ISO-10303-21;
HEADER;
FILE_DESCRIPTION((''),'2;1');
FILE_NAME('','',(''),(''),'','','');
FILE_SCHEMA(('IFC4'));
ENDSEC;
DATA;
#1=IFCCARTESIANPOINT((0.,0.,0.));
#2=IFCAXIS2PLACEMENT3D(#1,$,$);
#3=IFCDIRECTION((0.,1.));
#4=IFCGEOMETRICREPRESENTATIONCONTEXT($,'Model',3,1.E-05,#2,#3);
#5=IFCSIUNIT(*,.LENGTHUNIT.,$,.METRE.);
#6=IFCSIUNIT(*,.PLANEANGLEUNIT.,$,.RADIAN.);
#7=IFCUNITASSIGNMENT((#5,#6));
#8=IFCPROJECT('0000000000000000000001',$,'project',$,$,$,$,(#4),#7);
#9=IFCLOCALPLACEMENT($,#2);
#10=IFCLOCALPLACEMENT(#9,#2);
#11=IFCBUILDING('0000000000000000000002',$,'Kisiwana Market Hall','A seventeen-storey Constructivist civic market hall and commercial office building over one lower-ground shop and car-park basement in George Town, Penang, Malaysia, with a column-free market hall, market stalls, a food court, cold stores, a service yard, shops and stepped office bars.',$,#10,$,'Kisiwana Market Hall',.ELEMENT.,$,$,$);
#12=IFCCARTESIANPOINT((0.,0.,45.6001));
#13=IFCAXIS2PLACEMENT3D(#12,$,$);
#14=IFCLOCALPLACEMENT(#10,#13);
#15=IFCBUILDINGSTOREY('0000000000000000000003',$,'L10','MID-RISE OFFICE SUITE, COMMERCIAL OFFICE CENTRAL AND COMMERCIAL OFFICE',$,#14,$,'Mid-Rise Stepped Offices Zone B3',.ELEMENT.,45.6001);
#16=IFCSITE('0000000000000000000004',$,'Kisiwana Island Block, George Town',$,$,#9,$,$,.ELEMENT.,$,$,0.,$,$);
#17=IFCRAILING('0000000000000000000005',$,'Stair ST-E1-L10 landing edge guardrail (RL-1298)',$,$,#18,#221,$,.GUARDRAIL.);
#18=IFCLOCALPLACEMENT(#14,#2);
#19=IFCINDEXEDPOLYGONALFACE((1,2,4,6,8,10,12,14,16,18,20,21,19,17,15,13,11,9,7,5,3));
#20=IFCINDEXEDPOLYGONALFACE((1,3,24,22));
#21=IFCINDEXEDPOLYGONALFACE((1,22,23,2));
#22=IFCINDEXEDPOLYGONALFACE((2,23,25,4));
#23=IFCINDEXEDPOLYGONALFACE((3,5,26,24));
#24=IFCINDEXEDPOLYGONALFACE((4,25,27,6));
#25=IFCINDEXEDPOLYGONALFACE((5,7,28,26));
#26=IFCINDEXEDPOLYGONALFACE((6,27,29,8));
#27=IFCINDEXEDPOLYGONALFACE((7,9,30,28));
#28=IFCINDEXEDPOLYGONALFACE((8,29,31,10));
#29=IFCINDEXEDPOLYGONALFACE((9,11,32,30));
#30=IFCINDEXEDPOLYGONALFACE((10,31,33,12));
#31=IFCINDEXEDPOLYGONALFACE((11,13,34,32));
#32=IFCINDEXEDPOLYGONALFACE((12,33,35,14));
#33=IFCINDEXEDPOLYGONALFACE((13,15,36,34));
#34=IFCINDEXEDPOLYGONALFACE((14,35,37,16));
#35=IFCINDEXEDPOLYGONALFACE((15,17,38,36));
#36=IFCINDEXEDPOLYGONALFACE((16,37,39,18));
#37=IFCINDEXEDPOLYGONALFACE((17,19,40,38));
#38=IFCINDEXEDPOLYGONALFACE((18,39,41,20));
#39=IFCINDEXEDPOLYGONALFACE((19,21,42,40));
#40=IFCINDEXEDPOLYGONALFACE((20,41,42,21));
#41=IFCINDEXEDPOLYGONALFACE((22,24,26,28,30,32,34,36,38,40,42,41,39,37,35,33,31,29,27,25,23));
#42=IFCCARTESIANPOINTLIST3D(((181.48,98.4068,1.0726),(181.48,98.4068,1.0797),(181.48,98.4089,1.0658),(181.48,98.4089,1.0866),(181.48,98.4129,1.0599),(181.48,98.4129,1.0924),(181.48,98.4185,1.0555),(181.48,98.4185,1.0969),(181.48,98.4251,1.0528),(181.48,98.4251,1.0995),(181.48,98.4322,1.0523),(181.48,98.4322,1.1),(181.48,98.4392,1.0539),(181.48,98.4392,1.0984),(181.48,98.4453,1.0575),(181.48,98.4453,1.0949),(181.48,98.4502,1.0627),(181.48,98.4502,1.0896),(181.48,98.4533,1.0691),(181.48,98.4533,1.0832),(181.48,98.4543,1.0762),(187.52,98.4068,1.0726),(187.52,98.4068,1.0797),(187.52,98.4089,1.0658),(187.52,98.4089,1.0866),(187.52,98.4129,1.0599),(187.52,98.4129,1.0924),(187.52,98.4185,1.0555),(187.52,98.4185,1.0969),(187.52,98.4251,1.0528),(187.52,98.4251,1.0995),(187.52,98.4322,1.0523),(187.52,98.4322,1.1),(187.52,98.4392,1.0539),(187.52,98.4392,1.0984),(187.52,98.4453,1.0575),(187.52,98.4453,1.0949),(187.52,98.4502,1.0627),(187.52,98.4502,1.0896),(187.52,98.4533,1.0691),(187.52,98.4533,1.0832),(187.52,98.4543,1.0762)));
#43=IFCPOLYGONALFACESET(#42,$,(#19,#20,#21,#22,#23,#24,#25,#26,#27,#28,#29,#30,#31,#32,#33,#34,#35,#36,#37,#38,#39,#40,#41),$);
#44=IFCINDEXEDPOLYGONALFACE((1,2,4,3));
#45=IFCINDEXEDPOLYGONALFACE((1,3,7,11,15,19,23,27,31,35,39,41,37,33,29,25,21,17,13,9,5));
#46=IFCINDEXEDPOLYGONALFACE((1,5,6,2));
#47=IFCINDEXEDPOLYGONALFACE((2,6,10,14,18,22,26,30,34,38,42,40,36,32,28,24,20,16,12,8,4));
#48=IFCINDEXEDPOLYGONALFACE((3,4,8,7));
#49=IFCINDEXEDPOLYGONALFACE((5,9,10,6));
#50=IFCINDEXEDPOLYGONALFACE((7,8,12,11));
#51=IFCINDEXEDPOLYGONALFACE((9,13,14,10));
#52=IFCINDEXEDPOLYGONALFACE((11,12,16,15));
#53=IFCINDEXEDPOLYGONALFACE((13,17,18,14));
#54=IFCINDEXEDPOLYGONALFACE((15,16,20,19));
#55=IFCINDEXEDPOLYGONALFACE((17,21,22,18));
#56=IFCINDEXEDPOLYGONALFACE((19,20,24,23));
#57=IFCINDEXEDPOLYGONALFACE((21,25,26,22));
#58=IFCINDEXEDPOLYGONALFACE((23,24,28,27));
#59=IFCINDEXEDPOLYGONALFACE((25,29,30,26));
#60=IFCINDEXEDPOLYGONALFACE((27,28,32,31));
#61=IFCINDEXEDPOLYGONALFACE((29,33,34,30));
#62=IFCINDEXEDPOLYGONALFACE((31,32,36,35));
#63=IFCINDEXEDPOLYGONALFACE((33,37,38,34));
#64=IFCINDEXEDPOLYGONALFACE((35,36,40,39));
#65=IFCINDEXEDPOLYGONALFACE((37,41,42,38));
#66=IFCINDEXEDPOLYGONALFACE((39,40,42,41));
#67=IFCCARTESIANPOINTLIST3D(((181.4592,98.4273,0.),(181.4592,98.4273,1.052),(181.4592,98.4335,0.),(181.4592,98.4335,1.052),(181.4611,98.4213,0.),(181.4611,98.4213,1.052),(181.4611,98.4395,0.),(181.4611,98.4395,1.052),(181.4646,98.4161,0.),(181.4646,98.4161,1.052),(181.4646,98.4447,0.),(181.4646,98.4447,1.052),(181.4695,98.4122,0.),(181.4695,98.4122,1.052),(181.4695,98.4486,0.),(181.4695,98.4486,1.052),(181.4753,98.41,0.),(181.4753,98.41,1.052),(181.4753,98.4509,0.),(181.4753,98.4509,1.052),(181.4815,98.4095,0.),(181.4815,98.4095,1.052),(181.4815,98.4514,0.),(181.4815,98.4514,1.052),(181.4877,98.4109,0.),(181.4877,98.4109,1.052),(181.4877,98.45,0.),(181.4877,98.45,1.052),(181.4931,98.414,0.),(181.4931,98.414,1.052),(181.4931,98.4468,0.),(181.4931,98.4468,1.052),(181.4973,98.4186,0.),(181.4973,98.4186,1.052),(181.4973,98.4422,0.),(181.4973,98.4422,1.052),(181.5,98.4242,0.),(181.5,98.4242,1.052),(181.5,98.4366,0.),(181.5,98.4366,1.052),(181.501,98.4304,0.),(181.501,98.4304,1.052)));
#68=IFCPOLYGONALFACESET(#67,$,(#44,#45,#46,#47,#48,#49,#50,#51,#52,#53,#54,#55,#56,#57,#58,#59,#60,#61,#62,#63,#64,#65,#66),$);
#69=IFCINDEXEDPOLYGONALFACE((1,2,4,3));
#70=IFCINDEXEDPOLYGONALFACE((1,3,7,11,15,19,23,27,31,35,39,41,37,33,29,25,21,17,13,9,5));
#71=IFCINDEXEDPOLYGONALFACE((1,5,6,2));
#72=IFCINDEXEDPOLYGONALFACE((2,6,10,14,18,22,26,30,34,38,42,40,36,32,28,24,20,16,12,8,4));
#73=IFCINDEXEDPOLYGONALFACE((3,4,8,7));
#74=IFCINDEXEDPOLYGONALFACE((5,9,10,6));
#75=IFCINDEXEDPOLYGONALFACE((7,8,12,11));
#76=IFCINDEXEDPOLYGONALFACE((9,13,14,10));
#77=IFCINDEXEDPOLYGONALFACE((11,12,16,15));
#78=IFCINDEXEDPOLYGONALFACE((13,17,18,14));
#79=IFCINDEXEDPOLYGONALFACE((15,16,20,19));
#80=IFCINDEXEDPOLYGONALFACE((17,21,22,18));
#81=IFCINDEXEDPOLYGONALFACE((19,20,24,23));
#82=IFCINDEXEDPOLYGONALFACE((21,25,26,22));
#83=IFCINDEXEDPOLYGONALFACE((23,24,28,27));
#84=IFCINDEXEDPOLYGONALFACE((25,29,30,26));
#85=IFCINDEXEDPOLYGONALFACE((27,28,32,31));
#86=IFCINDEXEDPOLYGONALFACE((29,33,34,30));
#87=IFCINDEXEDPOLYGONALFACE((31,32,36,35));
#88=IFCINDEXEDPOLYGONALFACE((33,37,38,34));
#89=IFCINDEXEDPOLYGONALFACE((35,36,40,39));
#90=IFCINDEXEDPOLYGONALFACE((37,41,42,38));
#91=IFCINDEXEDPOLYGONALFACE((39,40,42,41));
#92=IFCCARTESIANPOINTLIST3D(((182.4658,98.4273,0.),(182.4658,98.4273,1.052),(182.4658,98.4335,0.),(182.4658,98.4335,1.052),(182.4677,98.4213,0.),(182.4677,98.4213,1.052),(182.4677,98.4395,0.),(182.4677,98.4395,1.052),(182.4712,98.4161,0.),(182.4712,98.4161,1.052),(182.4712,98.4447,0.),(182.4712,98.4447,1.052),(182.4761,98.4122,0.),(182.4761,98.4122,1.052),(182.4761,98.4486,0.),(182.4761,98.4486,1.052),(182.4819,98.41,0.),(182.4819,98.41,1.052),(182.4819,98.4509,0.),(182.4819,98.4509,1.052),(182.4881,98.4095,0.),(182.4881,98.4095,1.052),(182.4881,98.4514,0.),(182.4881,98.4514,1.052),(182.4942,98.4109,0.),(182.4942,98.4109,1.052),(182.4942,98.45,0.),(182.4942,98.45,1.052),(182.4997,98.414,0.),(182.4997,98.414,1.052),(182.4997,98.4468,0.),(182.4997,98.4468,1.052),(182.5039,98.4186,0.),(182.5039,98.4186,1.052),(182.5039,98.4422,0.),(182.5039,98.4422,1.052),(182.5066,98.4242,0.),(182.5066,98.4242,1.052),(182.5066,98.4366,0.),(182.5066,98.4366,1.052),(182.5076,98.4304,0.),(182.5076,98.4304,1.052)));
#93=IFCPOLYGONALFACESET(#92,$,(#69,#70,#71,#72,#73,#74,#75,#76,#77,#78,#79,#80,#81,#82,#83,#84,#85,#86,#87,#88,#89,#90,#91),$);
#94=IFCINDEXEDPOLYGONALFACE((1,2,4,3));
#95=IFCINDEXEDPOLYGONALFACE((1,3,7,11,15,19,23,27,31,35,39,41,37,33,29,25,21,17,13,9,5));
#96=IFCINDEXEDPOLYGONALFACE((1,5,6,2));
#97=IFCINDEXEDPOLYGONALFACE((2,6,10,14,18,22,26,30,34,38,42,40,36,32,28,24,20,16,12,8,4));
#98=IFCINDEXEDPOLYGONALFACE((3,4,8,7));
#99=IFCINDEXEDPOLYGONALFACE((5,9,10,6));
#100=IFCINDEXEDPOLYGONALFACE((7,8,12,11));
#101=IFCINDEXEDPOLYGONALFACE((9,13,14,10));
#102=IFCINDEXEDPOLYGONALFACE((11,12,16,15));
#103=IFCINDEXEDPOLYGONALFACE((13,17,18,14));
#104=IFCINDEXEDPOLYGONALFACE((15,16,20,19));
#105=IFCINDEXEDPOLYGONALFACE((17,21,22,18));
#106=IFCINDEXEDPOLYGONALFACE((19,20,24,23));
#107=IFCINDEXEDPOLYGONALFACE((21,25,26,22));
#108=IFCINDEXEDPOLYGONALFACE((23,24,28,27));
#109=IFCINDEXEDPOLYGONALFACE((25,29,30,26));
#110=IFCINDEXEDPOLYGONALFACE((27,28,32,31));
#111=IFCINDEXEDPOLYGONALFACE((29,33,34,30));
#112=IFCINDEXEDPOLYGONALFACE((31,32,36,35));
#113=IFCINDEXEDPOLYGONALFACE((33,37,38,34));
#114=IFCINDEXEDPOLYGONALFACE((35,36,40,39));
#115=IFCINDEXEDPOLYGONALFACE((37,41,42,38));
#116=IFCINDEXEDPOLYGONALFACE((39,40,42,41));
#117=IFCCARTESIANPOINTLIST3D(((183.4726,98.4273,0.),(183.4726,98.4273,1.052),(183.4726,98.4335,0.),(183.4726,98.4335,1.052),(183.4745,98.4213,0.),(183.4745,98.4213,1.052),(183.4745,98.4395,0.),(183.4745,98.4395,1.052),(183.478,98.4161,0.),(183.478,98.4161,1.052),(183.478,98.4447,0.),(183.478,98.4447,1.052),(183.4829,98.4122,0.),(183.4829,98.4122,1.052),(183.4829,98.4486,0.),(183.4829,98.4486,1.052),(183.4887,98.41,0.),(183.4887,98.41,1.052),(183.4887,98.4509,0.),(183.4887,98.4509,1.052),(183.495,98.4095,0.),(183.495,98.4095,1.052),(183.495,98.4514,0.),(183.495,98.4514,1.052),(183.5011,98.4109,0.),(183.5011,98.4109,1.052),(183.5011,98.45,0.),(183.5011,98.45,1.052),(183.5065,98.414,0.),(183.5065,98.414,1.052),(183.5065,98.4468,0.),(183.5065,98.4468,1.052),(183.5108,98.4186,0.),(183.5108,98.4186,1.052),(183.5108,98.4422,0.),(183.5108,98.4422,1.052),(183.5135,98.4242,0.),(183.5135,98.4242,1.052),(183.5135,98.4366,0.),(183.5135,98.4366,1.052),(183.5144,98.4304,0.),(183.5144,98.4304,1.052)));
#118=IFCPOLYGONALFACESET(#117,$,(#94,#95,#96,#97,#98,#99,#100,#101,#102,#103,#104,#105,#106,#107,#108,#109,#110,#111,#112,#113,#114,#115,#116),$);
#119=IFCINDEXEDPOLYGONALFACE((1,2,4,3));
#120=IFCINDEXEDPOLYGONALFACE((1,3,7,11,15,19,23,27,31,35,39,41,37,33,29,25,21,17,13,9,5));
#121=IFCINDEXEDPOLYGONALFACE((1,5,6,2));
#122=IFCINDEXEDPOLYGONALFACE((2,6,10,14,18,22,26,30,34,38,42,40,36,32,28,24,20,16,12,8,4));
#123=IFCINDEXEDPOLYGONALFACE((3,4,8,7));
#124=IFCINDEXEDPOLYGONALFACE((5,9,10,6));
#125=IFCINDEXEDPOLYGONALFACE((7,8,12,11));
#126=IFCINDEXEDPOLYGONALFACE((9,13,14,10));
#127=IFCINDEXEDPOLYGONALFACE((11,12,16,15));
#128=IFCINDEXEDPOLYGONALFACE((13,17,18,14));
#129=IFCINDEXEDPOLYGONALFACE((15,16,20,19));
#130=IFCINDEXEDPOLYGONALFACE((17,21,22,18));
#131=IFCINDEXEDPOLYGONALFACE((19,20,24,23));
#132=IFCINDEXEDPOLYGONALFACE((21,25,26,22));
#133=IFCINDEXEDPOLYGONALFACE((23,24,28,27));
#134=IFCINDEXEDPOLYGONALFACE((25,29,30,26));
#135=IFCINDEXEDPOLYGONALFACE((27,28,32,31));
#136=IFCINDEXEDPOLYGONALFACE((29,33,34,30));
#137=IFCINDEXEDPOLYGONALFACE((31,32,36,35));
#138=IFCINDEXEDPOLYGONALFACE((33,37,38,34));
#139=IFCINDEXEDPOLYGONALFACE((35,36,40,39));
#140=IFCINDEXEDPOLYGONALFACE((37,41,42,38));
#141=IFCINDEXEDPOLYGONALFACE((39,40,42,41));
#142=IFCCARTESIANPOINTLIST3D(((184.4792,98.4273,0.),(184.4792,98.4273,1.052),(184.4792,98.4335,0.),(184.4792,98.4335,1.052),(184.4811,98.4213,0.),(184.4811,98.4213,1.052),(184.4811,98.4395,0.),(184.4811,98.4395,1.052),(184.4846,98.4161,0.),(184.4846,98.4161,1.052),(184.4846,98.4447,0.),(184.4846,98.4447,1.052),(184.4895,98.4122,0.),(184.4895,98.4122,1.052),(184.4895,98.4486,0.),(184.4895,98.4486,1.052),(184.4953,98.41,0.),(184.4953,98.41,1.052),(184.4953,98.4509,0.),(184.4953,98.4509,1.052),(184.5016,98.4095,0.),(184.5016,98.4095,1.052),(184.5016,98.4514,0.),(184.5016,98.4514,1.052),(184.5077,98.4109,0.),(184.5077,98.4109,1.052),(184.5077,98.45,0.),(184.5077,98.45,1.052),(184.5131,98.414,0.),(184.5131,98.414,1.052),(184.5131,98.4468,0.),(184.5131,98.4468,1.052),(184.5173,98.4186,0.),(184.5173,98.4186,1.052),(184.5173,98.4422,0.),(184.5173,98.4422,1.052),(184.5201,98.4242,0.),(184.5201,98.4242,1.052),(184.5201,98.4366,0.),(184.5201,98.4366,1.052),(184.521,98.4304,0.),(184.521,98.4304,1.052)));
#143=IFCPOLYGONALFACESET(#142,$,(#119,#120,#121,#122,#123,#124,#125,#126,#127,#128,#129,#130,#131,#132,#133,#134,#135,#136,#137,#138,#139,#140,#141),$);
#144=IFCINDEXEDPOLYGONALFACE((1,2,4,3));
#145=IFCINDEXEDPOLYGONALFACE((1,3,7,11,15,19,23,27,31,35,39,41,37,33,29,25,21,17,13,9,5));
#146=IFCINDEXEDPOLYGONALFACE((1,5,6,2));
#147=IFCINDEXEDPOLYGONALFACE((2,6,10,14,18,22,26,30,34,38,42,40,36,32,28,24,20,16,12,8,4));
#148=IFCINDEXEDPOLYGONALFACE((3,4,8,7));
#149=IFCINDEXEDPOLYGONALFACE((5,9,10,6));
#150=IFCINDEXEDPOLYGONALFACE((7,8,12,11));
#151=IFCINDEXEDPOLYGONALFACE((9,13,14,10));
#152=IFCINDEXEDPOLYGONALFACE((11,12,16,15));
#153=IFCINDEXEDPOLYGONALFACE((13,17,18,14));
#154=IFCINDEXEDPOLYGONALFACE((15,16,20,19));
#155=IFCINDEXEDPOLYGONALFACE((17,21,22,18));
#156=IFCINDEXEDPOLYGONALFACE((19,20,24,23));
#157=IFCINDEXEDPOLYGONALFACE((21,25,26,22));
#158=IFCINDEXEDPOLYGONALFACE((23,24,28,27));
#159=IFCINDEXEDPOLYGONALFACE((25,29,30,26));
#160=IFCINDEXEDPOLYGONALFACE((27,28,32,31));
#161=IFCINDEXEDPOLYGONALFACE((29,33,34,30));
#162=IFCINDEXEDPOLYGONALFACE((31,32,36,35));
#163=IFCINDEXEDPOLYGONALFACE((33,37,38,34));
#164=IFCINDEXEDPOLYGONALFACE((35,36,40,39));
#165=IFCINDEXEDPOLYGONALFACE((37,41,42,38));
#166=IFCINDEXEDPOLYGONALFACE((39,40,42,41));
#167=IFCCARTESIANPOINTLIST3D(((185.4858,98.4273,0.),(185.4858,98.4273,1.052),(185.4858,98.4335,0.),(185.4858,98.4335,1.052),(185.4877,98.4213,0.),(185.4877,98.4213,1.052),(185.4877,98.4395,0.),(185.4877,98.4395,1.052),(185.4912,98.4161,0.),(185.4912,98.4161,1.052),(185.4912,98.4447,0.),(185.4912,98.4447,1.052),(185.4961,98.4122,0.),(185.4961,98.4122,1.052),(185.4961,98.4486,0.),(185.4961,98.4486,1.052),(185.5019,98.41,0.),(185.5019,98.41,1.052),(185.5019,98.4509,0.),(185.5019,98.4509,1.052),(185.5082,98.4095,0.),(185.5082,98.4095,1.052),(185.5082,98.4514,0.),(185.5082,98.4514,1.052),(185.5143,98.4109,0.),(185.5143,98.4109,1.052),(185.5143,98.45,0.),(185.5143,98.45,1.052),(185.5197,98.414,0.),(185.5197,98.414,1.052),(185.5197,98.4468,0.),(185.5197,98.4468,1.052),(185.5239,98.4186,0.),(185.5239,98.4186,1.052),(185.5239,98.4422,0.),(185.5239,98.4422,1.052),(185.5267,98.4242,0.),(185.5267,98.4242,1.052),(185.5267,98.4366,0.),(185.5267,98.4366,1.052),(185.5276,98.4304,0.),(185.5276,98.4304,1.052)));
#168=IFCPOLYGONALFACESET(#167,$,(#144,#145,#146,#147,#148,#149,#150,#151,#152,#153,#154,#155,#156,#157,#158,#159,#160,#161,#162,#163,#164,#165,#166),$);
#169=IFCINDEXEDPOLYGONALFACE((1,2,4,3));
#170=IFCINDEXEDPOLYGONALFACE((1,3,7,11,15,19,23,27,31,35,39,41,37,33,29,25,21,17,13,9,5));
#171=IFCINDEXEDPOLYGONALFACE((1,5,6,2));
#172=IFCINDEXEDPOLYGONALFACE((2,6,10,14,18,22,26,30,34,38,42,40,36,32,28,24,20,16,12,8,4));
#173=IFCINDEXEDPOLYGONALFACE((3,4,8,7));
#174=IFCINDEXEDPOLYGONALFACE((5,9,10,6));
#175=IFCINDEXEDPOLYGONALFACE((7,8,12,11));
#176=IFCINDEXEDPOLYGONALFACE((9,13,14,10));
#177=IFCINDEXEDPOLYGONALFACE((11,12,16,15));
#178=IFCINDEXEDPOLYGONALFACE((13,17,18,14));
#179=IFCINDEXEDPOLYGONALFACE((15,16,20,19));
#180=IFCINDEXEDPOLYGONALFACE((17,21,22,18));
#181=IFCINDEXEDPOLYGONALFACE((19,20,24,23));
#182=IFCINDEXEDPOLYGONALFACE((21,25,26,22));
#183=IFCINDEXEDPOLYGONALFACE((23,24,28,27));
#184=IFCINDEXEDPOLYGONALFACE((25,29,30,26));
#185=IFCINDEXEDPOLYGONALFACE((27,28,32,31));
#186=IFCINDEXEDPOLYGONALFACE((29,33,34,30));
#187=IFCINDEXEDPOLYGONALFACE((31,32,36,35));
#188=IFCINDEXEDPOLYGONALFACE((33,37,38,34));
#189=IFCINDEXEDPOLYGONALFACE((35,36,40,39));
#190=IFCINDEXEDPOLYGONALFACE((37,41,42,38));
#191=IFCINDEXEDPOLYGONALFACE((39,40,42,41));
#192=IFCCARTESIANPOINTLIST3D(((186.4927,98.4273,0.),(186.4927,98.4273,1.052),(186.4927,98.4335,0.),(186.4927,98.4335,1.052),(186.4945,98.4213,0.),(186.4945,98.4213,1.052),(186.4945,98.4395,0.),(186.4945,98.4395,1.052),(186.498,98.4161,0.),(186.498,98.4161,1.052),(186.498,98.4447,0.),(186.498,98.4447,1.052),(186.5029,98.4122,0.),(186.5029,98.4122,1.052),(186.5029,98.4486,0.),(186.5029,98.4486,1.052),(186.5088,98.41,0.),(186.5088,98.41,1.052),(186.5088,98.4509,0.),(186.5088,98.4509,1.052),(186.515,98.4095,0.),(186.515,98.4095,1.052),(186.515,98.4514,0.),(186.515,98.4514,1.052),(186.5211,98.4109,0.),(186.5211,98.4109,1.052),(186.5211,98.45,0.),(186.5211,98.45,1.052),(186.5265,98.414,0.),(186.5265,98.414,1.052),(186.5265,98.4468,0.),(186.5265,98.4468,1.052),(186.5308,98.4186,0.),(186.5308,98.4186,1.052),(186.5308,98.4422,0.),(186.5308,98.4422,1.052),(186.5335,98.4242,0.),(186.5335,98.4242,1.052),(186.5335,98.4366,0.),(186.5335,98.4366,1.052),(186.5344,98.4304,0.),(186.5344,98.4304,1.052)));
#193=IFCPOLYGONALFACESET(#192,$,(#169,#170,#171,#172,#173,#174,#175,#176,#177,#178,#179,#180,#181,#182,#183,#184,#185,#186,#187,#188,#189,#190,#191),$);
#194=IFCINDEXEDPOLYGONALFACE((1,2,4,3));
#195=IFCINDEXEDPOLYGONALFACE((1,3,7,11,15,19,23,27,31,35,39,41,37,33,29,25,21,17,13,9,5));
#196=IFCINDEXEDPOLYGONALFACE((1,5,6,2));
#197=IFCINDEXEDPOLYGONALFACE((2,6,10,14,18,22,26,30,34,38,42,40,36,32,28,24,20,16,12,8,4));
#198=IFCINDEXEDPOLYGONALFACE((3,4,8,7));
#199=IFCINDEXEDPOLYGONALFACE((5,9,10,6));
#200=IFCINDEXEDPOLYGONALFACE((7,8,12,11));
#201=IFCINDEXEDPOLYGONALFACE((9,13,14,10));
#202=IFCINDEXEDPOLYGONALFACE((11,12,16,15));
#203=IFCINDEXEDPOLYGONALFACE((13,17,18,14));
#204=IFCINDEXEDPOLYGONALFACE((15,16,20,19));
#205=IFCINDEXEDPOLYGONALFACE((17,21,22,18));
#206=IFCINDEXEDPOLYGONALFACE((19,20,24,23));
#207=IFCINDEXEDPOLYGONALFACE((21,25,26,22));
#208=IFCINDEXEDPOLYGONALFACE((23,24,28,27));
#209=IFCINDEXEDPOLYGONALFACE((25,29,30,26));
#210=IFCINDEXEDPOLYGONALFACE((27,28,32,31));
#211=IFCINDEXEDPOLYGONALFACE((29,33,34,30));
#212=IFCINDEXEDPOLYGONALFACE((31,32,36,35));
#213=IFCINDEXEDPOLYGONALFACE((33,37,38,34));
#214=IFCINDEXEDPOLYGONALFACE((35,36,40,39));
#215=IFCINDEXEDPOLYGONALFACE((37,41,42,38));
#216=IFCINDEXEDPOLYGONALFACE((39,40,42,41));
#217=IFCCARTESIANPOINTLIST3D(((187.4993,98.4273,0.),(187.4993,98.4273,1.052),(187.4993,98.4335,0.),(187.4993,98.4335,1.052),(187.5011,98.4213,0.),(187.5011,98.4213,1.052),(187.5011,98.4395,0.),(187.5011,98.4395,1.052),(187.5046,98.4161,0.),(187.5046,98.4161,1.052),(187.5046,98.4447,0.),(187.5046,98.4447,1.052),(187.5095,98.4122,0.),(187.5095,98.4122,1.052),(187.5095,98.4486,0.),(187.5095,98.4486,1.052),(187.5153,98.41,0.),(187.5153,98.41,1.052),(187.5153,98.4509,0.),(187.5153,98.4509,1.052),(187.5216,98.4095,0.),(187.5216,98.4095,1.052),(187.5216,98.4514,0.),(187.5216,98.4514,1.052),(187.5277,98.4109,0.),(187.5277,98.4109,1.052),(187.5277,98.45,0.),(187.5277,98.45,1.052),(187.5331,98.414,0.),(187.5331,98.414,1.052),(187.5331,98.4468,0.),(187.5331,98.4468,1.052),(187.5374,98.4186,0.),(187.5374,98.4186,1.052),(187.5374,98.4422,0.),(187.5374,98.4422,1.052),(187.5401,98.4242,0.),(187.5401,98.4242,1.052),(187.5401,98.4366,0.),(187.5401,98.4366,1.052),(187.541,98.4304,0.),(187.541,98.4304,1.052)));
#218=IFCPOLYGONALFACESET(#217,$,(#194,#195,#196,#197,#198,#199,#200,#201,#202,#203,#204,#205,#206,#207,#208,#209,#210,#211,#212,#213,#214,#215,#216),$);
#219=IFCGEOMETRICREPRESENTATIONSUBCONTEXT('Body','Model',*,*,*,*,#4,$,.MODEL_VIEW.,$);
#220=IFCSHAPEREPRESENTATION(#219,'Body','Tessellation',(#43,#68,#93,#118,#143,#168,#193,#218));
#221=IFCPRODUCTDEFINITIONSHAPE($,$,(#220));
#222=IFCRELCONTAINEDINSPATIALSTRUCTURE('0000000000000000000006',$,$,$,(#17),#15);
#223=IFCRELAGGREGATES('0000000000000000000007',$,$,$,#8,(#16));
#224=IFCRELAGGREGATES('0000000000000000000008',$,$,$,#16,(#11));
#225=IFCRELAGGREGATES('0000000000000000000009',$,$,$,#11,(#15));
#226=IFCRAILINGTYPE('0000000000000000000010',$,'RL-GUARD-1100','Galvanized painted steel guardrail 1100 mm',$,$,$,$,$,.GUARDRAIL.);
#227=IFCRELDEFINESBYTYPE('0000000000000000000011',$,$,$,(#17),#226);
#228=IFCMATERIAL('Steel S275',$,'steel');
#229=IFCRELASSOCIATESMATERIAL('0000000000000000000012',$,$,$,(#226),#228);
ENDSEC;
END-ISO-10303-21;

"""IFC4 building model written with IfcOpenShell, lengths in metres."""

from ifc_helpers import new_model, si_unit, direction, frame, origin, origin_2d, place, context, subcontext, project, spatial, circle, extrude, material, type_object, element, save


model = new_model("IFC4")

# Units and contexts
model_context = context("Model", 3, precision=1e-05, world=origin(), true_north=direction((0.0, 1.0)))
body_context = subcontext(model_context, "Body", "Model", "MODEL_VIEW")
ifc_project = project(units=[si_unit("LENGTHUNIT", "METRE"), si_unit("PLANEANGLEUNIT", "RADIAN")], contexts=[model_context])

# Site, building, storey
site_placement = place(None, origin())
site = spatial("IfcSite", under=ifc_project, at=site_placement, Name="Kisiwana Island Block, George Town", CompositionType="ELEMENT", RefElevation=0.0)
building_placement = place(site_placement, origin())
building = spatial("IfcBuilding", under=site, at=building_placement, Name="Kisiwana Market Hall", Description="A seventeen-storey Constructivist civic market hall and commercial office building over one lower-ground shop and car-park basement in George Town, Penang, Malaysia, with a column-free market hall, market stalls, a food court, cold stores, a service yard, shops and stepped office bars.", LongName="Kisiwana Market Hall", CompositionType="ELEMENT")
storey_placement = place(building_placement, frame((0.0, 0.0, 45.6001)))
storey = spatial("IfcBuildingStorey", under=building, at=storey_placement, Name="L10", Description="MID-RISE OFFICE SUITE, COMMERCIAL OFFICE CENTRAL AND COMMERCIAL OFFICE", LongName="Mid-Rise Stepped Offices Zone B3", CompositionType="ELEMENT", Elevation=45.6001)

# Railing
ifc_material_1 = material(Name="Steel S275", Category="steel")
railing_type = type_object("IfcRailingType", Name="RL-GUARD-1100", Description="Galvanized painted steel guardrail 1100 mm", PredefinedType="GUARDRAIL", material=ifc_material_1)
railing_1_placement = place(storey_placement, frame((181.48, 98.4304, 0.0)))
element("IfcRailing", 1, at=railing_1_placement, inside=storey, type_object=railing_type, Name="Stair ST-E1-L10 landing edge guardrail (RL-1298)", PredefinedType="GUARDRAIL", context=body_context, shape_type="SweptSolid", body=[
    extrude(circle(Radius=0.0239, at=origin_2d()), frame((0.0, 0.0, 1.0762), z_axis=(1.0, 0.0, 0.0), x_axis=(0.0, 1.0, 0.0)), (0.0, 0.0, 1.0), 6.04),
    extrude(circle(Radius=0.021, at=origin_2d()), origin(), (0.0, 0.0, 1.0), 1.052),
    extrude(circle(Radius=0.021, at=origin_2d()), frame((1.0066, 0.0, 0.0)), (0.0, 0.0, 1.0), 1.052),
    extrude(circle(Radius=0.021, at=origin_2d()), frame((2.0134, 0.0, 0.0)), (0.0, 0.0, 1.0), 1.052),
    extrude(circle(Radius=0.021, at=origin_2d()), frame((3.02, 0.0, 0.0)), (0.0, 0.0, 1.0), 1.052),
    extrude(circle(Radius=0.021, at=origin_2d()), frame((4.0266, 0.0, 0.0)), (0.0, 0.0, 1.0), 1.052),
    extrude(circle(Radius=0.021, at=origin_2d()), frame((5.0334, 0.0, 0.0)), (0.0, 0.0, 1.0), 1.052),
    extrude(circle(Radius=0.021, at=origin_2d()), frame((6.04, 0.0, 0.0)), (0.0, 0.0, 1.0), 1.052),
])

save(model, "model.ifc")
